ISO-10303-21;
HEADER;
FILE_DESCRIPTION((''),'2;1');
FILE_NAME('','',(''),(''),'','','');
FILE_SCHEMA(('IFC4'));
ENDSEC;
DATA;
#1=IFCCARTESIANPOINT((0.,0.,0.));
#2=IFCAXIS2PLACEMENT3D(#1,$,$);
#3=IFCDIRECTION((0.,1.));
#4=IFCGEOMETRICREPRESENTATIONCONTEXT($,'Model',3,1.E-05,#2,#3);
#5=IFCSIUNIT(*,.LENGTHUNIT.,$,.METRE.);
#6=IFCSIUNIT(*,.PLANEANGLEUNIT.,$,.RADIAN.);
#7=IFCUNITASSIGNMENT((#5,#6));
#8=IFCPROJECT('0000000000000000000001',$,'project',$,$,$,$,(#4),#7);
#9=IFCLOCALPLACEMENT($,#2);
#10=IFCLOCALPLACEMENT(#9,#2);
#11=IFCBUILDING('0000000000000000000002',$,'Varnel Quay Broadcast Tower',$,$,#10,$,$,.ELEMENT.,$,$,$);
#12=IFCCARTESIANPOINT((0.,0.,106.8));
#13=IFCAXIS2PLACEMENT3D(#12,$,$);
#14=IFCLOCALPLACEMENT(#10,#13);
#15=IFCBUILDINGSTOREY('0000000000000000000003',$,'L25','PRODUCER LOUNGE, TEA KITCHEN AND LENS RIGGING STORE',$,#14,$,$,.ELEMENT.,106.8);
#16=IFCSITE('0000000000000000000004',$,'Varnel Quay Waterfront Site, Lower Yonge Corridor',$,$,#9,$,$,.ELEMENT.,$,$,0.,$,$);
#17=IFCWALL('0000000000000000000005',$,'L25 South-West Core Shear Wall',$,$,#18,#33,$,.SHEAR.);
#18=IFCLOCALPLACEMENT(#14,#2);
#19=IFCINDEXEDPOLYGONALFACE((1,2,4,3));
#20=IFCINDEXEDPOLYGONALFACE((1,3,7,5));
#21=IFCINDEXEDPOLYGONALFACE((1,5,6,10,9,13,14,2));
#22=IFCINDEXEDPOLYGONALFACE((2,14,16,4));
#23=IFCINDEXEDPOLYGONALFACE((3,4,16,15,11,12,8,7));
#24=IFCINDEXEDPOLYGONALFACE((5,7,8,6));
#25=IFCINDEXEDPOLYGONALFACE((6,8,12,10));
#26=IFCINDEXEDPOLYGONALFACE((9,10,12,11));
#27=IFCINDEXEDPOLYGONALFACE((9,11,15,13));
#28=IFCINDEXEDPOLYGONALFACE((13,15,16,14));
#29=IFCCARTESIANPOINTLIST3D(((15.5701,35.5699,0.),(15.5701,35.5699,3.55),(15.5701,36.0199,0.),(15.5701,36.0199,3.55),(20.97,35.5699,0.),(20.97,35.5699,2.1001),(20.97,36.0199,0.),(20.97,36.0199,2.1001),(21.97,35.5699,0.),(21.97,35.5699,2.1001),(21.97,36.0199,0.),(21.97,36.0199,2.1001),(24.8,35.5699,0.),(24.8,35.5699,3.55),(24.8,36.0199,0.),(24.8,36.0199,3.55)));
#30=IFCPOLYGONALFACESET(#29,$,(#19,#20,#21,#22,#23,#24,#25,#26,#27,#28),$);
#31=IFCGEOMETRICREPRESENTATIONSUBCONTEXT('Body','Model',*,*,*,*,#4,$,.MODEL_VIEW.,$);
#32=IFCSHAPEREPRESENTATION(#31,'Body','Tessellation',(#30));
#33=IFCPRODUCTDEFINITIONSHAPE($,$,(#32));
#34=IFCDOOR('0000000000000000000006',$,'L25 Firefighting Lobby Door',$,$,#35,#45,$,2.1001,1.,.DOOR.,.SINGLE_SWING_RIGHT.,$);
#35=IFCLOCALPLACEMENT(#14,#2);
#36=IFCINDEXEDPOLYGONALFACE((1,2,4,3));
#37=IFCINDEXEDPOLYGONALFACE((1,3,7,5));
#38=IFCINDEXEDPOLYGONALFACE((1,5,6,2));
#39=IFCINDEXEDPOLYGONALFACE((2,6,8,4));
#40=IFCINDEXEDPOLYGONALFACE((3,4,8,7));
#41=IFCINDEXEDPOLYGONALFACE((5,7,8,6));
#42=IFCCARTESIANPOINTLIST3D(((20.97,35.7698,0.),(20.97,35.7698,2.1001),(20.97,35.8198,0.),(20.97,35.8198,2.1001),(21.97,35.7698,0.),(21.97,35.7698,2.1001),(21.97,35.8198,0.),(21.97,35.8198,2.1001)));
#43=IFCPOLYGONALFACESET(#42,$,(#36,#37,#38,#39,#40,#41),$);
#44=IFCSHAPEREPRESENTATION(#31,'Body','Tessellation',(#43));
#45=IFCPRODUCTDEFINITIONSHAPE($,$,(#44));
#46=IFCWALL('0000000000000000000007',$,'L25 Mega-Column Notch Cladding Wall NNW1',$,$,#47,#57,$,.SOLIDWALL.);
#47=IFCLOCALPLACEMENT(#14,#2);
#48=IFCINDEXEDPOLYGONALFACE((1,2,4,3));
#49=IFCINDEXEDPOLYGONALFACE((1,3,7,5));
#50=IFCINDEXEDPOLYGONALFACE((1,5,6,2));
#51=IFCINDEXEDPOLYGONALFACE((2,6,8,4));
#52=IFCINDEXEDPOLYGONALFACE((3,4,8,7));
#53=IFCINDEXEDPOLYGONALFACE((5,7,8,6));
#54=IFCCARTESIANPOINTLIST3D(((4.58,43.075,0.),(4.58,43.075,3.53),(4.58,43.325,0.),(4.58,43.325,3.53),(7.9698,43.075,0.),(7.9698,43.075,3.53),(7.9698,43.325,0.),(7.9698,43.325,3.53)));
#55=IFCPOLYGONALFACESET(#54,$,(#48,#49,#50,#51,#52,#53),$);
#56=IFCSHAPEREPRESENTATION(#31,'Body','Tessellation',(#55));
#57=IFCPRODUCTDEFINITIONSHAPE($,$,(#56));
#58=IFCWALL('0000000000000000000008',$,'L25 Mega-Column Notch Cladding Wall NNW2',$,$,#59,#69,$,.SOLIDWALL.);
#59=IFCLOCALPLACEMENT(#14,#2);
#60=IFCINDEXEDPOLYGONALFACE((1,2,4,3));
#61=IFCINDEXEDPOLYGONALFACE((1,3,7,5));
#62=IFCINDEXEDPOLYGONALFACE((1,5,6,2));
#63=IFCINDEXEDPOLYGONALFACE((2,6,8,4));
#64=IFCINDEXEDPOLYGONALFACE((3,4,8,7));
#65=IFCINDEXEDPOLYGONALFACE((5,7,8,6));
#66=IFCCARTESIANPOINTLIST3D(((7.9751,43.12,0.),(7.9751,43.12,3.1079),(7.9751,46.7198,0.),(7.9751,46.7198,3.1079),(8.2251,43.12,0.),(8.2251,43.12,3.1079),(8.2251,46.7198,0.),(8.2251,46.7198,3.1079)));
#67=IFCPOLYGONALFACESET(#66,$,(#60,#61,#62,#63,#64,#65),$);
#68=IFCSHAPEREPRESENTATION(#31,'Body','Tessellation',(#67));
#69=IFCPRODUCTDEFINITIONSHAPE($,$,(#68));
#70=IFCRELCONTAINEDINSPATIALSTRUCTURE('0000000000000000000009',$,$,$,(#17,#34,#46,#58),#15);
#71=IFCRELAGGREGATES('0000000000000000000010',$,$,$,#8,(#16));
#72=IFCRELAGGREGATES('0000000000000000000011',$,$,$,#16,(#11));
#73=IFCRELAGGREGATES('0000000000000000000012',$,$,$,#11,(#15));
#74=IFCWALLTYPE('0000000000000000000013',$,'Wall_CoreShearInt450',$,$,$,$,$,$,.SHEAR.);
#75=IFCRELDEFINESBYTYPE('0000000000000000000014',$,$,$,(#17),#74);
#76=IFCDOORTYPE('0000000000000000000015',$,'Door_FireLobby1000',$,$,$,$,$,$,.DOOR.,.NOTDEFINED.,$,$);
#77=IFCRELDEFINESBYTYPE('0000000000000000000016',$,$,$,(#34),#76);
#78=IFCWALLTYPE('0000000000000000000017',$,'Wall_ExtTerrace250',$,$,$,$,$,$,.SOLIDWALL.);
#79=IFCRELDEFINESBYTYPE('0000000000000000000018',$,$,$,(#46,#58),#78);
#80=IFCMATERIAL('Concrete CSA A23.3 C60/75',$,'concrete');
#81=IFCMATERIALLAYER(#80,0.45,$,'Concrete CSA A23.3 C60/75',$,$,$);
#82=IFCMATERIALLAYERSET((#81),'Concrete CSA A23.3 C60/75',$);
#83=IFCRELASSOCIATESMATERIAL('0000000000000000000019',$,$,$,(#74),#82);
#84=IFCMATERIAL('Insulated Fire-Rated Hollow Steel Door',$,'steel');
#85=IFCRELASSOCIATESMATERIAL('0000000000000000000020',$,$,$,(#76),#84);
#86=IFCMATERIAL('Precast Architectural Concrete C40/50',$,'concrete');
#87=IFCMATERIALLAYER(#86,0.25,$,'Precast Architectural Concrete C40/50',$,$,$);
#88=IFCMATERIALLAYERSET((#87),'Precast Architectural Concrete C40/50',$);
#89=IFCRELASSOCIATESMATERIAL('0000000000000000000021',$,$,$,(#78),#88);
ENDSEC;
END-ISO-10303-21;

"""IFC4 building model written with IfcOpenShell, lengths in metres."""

from ifc_helpers import new_model, si_unit, direction, frame, frame_2d, origin, place, context, subcontext, project, spatial, rectangle, extrude, source, transform, mapped, material, layer, layer_set, type_object, type_shapes, element, fill, save


model = new_model("IFC4")

# Units and contexts
model_context = context("Model", 3, precision=1e-05, world=origin(), true_north=direction((0.0, 1.0)))
body_context = subcontext(model_context, "Body", "Model", "MODEL_VIEW")
ifc_project = project(units=[si_unit("LENGTHUNIT", "METRE"), si_unit("PLANEANGLEUNIT", "RADIAN")], contexts=[model_context])

# Site, building, storey
site_placement = place(None, origin())
site = spatial("IfcSite", under=ifc_project, at=site_placement, Name="Varnel Quay Waterfront Site, Lower Yonge Corridor", CompositionType="ELEMENT", RefElevation=0.0)
building_placement = place(site_placement, origin())
building = spatial("IfcBuilding", under=site, at=building_placement, Name="Varnel Quay Broadcast Tower", CompositionType="ELEMENT")
storey_placement = place(building_placement, frame((0.0, 0.0, 106.8)))
storey = spatial("IfcBuildingStorey", under=building, at=storey_placement, Name="L25", Description="PRODUCER LOUNGE, TEA KITCHEN AND LENS RIGGING STORE", CompositionType="ELEMENT", Elevation=106.8)

# Shared definitions
ifc_material_1 = material(Name="Concrete CSA A23.3 C60/75", Category="concrete")

# Wall, opening, door
ifc_layer_1 = layer(ifc_material_1, 0.45, Name="Concrete CSA A23.3 C60/75")
ifc_layer_set_1 = layer_set([ifc_layer_1], Name="Concrete CSA A23.3 C60/75")
wall_type_1 = type_object("IfcWallType", Name="Wall_CoreShearInt450", PredefinedType="SHEAR", material=ifc_layer_set_1)
wall_1_placement = place(storey_placement, frame((15.5701, 35.7949, 0.0), z_axis=(0.0, 0.0, 1.0), x_axis=(1.0, 0.0, 0.0)))
wall_1 = element("IfcWall", 1, at=wall_1_placement, inside=storey, type_object=wall_type_1, Name="L25 South-West Core Shear Wall", PredefinedType="SHEAR", context=body_context, shape_type="SweptSolid", body=[
    extrude(rectangle(XDim=9.23, YDim=0.45, at=frame_2d((4.615, 0.0))), origin(), (0.0, 0.0, 1.0), 3.55),
])
opening_placement = place(wall_1_placement, frame((5.3999, 0.0, 0.0)))
opening = element("IfcOpeningElement", 2, at=opening_placement, cuts=wall_1, PredefinedType="OPENING", context=body_context, shape_type="SweptSolid", body=[
    extrude(rectangle(XDim=1.0, YDim=2.1001, at=frame_2d((0.5, 1.05))), frame((0.0, 0.2349, 0.0), z_axis=(0.0, -1.0, 0.0), x_axis=(1.0, 0.0, 0.0)), (0.0, 0.0, 1.0), 0.47),
])
ifc_material_2 = material(Name="Insulated Fire-Rated Hollow Steel Door", Category="steel")
door_type = type_object("IfcDoorType", Name="Door_FireLobby1000", OperationType="NOTDEFINED", PredefinedType="DOOR", material=ifc_material_2)
shared_shape_1 = source(origin(), body_context, "Body", "SweptSolid", [
    extrude(rectangle(XDim=1.0, YDim=2.1001, at=frame_2d((0.5, 1.05))), frame((0.0, 0.0249, 0.0), z_axis=(0.0, -1.0, 0.0), x_axis=(1.0, 0.0, 0.0)), (0.0, 0.0, 1.0), 0.05),
])
type_shapes(door_type, [shared_shape_1])
door_placement = place(opening_placement, origin())
door = element("IfcDoor", 3, at=door_placement, inside=storey, type_object=door_type, Name="L25 Firefighting Lobby Door", OperationType="SINGLE_SWING_RIGHT", OverallHeight=2.1001, OverallWidth=1.0, PredefinedType="DOOR", context=body_context, shape_type="MappedRepresentation", body=[
    mapped(shared_shape_1, transform((0.0, 0.0, 0.0), x_axis=(1.0, 0.0, 0.0), y_axis=(0.0, 1.0, 0.0), z_axis=(0.0, 0.0, 1.0), scale=1.0)),
])
fill(opening, door)

# Walls
ifc_material_3 = material(Name="Precast Architectural Concrete C40/50", Category="concrete")
ifc_layer_2 = layer(ifc_material_3, 0.25, Name="Precast Architectural Concrete C40/50")
ifc_layer_set_2 = layer_set([ifc_layer_2], Name="Precast Architectural Concrete C40/50")
wall_type_2 = type_object("IfcWallType", Name="Wall_ExtTerrace250", PredefinedType="SOLIDWALL", material=ifc_layer_set_2)
wall_2_placement = place(storey_placement, frame((4.5801, 43.2, 0.0), z_axis=(0.0, 0.0, 1.0), x_axis=(1.0, 0.0, 0.0)))
element("IfcWall", 4, at=wall_2_placement, inside=storey, type_object=wall_type_2, Name="L25 Mega-Column Notch Cladding Wall NNW1", PredefinedType="SOLIDWALL", context=body_context, shape_type="SweptSolid", body=[
    extrude(rectangle(XDim=3.3899, YDim=0.25, at=frame_2d((1.6948, 0.0))), origin(), (0.0, 0.0, 1.0), 3.53),
])
wall_3_placement = place(storey_placement, frame((8.1001, 43.1201, 0.0), z_axis=(0.0, 0.0, 1.0), x_axis=(0.0, 1.0, 0.0)))
element("IfcWall", 5, at=wall_3_placement, inside=storey, type_object=wall_type_2, Name="L25 Mega-Column Notch Cladding Wall NNW2", PredefinedType="SOLIDWALL", context=body_context, shape_type="SweptSolid", body=[
    extrude(rectangle(XDim=3.5999, YDim=0.25, at=frame_2d((1.7998, 0.0))), origin(), (0.0, 0.0, 1.0), 3.1079),
])

save(model, "model.ifc")
